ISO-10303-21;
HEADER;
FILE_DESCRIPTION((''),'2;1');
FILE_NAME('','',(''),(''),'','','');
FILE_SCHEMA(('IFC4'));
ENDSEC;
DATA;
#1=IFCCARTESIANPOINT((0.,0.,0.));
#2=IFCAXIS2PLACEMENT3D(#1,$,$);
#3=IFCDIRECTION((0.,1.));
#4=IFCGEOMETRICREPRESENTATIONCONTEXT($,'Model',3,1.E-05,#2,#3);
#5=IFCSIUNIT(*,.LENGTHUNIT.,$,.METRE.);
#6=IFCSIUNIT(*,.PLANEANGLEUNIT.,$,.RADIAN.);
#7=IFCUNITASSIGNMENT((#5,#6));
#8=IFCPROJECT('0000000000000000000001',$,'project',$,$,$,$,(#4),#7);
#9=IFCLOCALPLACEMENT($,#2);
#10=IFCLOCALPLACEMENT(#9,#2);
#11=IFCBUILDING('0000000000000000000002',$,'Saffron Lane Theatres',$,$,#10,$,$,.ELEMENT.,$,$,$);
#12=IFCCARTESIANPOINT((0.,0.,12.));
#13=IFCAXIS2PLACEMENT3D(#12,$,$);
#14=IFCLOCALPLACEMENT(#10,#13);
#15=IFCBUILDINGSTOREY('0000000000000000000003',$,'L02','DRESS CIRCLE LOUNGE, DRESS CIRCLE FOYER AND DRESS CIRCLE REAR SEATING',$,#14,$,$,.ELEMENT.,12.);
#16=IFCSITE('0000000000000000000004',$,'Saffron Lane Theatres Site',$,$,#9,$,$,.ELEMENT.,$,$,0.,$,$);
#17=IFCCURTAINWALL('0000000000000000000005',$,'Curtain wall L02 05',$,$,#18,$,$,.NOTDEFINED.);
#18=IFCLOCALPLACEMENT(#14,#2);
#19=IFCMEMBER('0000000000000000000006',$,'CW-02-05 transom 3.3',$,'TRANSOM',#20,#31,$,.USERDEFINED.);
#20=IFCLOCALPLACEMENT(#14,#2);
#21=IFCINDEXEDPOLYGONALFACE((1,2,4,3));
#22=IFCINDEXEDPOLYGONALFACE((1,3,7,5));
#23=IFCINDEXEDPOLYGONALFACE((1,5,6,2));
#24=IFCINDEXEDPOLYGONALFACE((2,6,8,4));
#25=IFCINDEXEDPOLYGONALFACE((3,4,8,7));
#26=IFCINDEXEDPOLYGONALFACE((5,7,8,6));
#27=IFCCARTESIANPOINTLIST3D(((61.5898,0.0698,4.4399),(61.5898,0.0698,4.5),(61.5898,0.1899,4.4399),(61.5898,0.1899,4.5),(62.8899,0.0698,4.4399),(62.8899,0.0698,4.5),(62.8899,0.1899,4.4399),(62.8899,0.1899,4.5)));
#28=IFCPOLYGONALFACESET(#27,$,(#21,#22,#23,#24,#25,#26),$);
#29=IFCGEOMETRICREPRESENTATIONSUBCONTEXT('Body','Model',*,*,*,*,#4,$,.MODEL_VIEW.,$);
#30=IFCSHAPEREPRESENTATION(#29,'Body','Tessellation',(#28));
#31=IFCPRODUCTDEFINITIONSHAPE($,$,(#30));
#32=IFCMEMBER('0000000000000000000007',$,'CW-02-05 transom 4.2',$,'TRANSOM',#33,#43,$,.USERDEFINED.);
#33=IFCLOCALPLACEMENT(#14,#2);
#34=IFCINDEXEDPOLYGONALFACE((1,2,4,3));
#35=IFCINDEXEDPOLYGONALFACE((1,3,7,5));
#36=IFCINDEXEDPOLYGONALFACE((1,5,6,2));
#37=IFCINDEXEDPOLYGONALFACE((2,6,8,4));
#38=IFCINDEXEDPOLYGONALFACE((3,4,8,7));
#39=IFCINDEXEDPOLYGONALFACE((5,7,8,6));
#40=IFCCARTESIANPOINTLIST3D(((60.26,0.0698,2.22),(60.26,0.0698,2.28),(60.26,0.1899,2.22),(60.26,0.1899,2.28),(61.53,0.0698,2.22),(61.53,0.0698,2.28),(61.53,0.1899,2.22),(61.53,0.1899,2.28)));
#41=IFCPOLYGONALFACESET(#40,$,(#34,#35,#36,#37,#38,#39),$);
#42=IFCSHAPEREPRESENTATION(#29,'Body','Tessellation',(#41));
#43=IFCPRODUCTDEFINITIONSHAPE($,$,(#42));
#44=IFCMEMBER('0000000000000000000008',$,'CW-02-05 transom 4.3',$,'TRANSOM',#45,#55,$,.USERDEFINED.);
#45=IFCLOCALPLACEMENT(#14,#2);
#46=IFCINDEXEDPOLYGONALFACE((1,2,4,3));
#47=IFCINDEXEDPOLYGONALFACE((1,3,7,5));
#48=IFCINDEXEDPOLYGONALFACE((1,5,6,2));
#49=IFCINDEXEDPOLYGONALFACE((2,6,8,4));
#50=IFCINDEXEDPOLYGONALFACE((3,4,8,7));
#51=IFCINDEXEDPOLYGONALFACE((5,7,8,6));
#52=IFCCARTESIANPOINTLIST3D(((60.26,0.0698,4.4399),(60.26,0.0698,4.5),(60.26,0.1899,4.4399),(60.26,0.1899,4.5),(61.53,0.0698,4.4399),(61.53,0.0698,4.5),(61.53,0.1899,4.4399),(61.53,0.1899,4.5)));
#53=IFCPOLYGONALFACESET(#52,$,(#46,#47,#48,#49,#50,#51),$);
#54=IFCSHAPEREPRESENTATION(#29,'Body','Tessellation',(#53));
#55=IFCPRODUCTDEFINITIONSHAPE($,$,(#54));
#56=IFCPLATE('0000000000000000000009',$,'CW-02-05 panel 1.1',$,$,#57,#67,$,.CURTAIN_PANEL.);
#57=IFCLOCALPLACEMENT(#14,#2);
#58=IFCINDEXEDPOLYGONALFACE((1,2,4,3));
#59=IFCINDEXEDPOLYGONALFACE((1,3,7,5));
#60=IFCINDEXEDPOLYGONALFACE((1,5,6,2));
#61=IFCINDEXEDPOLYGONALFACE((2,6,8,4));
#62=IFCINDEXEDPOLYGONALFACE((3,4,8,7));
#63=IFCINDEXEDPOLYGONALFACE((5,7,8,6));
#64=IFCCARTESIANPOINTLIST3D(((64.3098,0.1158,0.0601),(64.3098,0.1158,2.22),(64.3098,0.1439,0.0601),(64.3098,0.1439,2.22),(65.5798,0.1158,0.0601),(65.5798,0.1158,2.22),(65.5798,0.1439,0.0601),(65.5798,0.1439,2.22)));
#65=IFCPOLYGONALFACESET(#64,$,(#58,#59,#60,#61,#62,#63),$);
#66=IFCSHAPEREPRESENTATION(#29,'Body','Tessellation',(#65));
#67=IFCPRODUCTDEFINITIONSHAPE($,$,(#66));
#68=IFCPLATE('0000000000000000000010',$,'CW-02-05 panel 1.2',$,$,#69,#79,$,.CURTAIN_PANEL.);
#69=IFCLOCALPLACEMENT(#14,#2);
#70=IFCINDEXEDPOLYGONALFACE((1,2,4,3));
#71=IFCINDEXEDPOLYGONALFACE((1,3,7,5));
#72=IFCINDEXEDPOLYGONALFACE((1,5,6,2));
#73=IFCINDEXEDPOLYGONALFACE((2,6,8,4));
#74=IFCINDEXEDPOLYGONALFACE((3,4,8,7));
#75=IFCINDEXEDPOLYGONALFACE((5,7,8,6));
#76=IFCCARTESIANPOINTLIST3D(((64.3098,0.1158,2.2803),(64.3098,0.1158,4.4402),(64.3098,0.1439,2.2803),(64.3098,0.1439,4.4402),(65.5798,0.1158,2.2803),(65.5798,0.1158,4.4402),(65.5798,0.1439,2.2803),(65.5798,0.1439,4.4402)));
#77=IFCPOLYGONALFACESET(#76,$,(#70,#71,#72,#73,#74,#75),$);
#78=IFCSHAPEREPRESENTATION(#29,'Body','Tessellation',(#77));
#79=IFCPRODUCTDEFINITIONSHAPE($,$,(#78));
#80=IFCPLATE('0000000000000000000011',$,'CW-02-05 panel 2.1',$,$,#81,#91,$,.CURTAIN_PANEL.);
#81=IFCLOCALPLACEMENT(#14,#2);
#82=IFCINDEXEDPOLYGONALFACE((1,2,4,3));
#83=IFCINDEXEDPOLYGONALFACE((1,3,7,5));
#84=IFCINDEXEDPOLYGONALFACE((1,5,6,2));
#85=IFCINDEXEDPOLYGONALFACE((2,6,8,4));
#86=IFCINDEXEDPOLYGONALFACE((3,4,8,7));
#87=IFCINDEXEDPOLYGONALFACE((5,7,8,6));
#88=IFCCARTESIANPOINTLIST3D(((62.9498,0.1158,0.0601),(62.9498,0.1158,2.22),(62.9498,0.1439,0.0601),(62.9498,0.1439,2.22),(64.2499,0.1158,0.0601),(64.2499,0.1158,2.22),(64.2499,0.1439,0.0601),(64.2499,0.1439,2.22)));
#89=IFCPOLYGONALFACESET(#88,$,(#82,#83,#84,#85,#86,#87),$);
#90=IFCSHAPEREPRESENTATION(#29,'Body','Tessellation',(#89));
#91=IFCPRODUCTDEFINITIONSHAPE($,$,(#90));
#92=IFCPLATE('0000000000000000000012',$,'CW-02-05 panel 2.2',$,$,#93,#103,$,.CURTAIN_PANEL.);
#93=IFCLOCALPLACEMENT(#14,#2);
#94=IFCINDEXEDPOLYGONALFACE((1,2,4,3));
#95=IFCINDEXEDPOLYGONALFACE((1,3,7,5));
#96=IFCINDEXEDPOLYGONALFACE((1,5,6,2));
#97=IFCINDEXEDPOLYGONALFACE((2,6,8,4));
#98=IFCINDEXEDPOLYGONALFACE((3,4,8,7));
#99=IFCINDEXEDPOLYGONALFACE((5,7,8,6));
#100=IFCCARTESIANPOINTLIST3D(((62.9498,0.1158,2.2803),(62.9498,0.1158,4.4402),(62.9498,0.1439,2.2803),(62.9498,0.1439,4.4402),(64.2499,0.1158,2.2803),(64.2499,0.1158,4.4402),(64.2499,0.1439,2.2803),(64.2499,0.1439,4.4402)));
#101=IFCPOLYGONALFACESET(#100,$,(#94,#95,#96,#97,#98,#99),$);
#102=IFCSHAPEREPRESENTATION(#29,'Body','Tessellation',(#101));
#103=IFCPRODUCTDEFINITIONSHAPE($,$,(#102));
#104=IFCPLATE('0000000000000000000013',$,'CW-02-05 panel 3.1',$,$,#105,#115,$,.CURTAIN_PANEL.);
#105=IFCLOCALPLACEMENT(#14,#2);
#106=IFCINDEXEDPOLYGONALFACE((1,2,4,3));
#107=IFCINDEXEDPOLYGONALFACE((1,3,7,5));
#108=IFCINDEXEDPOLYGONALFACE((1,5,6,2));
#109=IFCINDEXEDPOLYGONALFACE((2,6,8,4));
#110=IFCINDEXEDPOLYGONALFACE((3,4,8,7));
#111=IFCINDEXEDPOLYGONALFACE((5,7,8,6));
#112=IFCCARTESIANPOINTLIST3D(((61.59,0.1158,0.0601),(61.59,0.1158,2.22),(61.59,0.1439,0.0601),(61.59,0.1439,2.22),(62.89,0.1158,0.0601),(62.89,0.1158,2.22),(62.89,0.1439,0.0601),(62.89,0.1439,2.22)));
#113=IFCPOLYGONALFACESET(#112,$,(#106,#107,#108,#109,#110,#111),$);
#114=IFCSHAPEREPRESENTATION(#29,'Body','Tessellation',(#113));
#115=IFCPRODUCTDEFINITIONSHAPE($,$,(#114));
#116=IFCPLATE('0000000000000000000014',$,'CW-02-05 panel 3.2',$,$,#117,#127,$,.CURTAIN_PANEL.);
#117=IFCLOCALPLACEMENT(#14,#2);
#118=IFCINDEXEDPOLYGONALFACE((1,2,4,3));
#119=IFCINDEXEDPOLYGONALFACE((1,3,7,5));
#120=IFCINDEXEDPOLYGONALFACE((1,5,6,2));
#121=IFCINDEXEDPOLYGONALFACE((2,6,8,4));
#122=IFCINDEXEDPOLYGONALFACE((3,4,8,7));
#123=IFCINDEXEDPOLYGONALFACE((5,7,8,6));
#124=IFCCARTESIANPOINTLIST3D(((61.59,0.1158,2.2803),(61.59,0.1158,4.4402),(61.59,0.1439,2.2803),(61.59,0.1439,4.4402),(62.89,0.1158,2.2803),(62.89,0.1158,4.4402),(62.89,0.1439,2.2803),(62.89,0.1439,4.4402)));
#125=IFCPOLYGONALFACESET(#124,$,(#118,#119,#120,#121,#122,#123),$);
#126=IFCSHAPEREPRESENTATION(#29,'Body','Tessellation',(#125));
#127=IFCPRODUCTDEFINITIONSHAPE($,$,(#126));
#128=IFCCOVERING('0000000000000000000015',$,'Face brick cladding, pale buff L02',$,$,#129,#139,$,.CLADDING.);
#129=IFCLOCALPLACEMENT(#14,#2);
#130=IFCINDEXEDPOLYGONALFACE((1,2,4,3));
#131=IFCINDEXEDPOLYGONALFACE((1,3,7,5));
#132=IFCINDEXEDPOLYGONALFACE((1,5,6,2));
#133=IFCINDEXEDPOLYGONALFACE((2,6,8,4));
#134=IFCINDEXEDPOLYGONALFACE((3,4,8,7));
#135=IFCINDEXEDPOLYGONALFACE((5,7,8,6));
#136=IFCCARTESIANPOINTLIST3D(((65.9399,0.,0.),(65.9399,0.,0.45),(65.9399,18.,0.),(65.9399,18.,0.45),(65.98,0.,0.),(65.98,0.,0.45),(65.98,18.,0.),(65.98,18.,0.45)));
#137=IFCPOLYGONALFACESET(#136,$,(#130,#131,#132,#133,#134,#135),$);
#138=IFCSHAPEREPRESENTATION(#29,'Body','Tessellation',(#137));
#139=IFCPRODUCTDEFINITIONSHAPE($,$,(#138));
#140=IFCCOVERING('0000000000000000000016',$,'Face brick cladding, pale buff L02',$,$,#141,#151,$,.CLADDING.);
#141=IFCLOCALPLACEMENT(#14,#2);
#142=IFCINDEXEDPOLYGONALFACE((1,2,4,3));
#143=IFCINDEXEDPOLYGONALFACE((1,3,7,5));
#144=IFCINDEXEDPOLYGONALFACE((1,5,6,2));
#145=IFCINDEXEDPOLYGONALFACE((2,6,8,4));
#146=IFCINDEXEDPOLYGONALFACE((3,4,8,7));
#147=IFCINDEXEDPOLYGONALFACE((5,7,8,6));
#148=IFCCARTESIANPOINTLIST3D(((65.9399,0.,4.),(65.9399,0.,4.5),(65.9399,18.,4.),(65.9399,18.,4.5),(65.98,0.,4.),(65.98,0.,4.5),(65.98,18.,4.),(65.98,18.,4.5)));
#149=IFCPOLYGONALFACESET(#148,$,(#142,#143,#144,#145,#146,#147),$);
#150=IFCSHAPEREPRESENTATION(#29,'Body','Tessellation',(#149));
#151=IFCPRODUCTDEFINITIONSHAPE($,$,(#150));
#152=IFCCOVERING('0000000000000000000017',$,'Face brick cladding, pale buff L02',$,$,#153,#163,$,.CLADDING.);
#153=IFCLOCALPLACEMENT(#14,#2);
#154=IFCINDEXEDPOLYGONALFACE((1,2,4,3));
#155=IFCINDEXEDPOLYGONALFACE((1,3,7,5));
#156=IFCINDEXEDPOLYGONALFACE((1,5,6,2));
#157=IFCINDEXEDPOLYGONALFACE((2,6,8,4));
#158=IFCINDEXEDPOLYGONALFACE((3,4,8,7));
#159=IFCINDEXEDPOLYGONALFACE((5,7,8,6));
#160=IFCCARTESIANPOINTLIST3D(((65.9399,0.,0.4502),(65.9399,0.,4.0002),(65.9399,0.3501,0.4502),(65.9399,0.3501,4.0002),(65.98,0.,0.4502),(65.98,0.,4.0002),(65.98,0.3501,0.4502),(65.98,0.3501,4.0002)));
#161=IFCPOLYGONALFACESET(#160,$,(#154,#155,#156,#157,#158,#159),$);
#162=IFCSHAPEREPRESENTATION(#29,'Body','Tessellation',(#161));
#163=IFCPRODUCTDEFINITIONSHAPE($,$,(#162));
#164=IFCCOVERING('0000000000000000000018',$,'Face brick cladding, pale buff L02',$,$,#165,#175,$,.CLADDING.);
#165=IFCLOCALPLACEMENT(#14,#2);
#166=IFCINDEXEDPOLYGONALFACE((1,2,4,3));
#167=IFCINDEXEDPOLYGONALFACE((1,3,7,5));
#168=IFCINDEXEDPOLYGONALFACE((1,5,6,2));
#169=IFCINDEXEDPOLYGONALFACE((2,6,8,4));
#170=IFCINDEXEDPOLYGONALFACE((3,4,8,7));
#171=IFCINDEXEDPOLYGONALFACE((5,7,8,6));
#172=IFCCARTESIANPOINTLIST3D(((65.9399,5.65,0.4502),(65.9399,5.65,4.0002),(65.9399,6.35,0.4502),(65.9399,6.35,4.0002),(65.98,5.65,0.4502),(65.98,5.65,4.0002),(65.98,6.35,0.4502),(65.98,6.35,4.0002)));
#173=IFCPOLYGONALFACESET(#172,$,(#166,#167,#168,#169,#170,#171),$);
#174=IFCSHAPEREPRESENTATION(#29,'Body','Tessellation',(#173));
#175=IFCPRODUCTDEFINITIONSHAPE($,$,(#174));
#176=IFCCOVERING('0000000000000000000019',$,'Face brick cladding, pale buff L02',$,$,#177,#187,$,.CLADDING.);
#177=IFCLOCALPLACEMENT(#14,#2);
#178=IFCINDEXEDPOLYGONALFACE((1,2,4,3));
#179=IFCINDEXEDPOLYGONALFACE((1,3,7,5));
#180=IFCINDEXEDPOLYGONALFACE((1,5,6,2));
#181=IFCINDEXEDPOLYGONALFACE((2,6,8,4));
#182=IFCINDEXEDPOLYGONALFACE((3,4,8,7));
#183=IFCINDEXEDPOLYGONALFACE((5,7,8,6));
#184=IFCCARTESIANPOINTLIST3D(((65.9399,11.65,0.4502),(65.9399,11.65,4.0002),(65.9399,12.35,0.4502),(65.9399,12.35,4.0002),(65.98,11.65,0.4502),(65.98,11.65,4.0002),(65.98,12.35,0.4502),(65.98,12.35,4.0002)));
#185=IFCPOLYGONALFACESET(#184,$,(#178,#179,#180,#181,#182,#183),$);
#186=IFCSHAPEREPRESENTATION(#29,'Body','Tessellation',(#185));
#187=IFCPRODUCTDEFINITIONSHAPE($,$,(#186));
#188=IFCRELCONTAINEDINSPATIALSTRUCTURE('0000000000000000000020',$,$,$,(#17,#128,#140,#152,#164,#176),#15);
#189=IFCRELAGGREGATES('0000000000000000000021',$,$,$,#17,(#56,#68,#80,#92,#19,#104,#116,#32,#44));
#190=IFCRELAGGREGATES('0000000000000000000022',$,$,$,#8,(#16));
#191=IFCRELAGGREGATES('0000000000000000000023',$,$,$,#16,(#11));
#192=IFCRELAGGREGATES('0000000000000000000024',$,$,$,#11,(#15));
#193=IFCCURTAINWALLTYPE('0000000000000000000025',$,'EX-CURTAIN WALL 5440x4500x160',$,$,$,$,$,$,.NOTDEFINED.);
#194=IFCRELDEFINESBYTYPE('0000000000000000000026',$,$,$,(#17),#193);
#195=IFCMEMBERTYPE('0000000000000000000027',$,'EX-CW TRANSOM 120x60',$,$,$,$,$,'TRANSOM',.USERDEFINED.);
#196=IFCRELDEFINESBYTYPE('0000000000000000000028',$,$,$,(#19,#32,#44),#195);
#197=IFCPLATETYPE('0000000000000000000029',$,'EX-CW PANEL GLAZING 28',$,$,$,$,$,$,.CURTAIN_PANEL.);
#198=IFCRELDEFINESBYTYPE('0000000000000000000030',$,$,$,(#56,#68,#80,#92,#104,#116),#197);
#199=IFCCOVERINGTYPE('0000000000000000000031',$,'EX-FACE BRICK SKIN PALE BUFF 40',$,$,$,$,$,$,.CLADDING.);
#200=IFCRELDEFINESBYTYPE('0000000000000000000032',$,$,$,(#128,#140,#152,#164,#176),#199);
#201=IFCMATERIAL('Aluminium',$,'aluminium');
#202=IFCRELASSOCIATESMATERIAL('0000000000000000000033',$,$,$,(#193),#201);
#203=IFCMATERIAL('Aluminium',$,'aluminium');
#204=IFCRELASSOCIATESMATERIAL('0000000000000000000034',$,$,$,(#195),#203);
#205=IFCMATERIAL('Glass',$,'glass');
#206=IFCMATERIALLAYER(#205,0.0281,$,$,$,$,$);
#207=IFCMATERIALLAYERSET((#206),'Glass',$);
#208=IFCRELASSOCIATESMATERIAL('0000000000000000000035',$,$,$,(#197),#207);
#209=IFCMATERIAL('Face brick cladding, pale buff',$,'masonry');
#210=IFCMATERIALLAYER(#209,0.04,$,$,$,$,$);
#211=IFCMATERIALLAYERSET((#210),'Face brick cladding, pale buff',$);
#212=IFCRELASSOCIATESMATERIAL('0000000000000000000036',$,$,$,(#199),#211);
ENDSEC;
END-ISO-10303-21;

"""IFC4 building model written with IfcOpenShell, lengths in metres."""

from ifc_helpers import new_model, si_unit, direction, frame, origin, origin_2d, place, context, subcontext, project, spatial, rectangle, extrude, material, layer, layer_set, material_profile, profile_set, type_object, element, aggregate, save


model = new_model("IFC4")

# Units and contexts
model_context = context("Model", 3, precision=1e-05, world=origin(), true_north=direction((0.0, 1.0)))
body_context = subcontext(model_context, "Body", "Model", "MODEL_VIEW")
ifc_project = project(units=[si_unit("LENGTHUNIT", "METRE"), si_unit("PLANEANGLEUNIT", "RADIAN")], contexts=[model_context])

# Site, building, storey
site_placement = place(None, origin())
site = spatial("IfcSite", under=ifc_project, at=site_placement, Name="Saffron Lane Theatres Site", CompositionType="ELEMENT", RefElevation=0.0)
building_placement = place(site_placement, origin())
building = spatial("IfcBuilding", under=site, at=building_placement, Name="Saffron Lane Theatres", CompositionType="ELEMENT")
storey_placement = place(building_placement, frame((0.0, 0.0, 12.0)))
storey = spatial("IfcBuildingStorey", under=building, at=storey_placement, Name="L02", Description="DRESS CIRCLE LOUNGE, DRESS CIRCLE FOYER AND DRESS CIRCLE REAR SEATING", CompositionType="ELEMENT", Elevation=12.0)

# Curtain wall, members, plates
ifc_material_1 = material(Name="Aluminium", Category="aluminium")
curtain_wall_type = type_object("IfcCurtainWallType", Name="EX-CURTAIN WALL 5440x4500x160", PredefinedType="NOTDEFINED", material=ifc_material_1)
curtain_wall_placement = place(storey_placement, origin())
curtain_wall = element("IfcCurtainWall", 1, at=curtain_wall_placement, inside=storey, type_object=curtain_wall_type, Name="Curtain wall L02 05", PredefinedType="NOTDEFINED")
ifc_material_2 = material(Name="Aluminium", Category="aluminium")
ifc_material_profile_1 = material_profile(ifc_material_2, rectangle(XDim=0.1201, YDim=0.0601, at=origin_2d()))
ifc_profile_set_1 = profile_set([ifc_material_profile_1], Name="Aluminium")
member_type_1 = type_object("IfcMemberType", Name="EX-CW TRANSOM 120x60", ElementType="TRANSOM", PredefinedType="USERDEFINED", material=ifc_profile_set_1)
member_1_placement = place(storey_placement, frame((62.8899, 0.1299, 4.47), z_axis=(-1.0, 0.0, 0.0), x_axis=(0.0, -1.0, 0.0)))
member_1 = element("IfcMember", 2, at=member_1_placement, type_object=member_type_1, Name="CW-02-05 transom 3.3", ObjectType="TRANSOM", PredefinedType="USERDEFINED", context=body_context, shape_type="SweptSolid", body=[
    extrude(rectangle(XDim=0.1201, YDim=0.0601, at=origin_2d()), origin(), (0.0, 0.0, 1.0), 1.3),
])
member_2_placement = place(storey_placement, frame((61.53, 0.1299, 2.25), z_axis=(-1.0, 0.0, 0.0), x_axis=(0.0, -1.0, 0.0)))
member_2 = element("IfcMember", 3, at=member_2_placement, type_object=member_type_1, Name="CW-02-05 transom 4.2", ObjectType="TRANSOM", PredefinedType="USERDEFINED", context=body_context, shape_type="SweptSolid", body=[
    extrude(rectangle(XDim=0.1201, YDim=0.0601, at=origin_2d()), origin(), (0.0, 0.0, 1.0), 1.27),
])
member_3_placement = place(storey_placement, frame((61.53, 0.1299, 4.47), z_axis=(-1.0, 0.0, 0.0), x_axis=(0.0, -1.0, 0.0)))
member_3 = element("IfcMember", 4, at=member_3_placement, type_object=member_type_1, Name="CW-02-05 transom 4.3", ObjectType="TRANSOM", PredefinedType="USERDEFINED", context=body_context, shape_type="SweptSolid", body=[
    extrude(rectangle(XDim=0.1201, YDim=0.0601, at=origin_2d()), origin(), (0.0, 0.0, 1.0), 1.27),
])
ifc_material_3 = material(Name="Glass", Category="glass")
ifc_layer_1 = layer(ifc_material_3, 0.0281)
ifc_layer_set_1 = layer_set([ifc_layer_1], Name="Glass")
plate_type = type_object("IfcPlateType", Name="EX-CW PANEL GLAZING 28", PredefinedType="CURTAIN_PANEL", material=ifc_layer_set_1)
plate_1_placement = place(storey_placement, frame((64.9448, 0.1299, 0.0601), z_axis=(0.0, 0.0, 1.0), x_axis=(-1.0, 0.0, 0.0)))
plate_1 = element("IfcPlate", 5, at=plate_1_placement, type_object=plate_type, Name="CW-02-05 panel 1.1", PredefinedType="CURTAIN_PANEL", context=body_context, shape_type="SweptSolid", body=[
    extrude(rectangle(XDim=1.27, YDim=0.0281, at=origin_2d()), origin(), (0.0, 0.0, 1.0), 2.1599),
])
plate_2_placement = place(storey_placement, frame((64.9448, 0.1299, 2.2803), z_axis=(0.0, 0.0, 1.0), x_axis=(-1.0, 0.0, 0.0)))
plate_2 = element("IfcPlate", 6, at=plate_2_placement, type_object=plate_type, Name="CW-02-05 panel 1.2", PredefinedType="CURTAIN_PANEL", context=body_context, shape_type="SweptSolid", body=[
    extrude(rectangle(XDim=1.27, YDim=0.0281, at=origin_2d()), origin(), (0.0, 0.0, 1.0), 2.1599),
])
plate_3_placement = place(storey_placement, frame((63.5999, 0.1299, 0.0601), z_axis=(0.0, 0.0, 1.0), x_axis=(-1.0, 0.0, 0.0)))
plate_3 = element("IfcPlate", 7, at=plate_3_placement, type_object=plate_type, Name="CW-02-05 panel 2.1", PredefinedType="CURTAIN_PANEL", context=body_context, shape_type="SweptSolid", body=[
    extrude(rectangle(XDim=1.3, YDim=0.0281, at=origin_2d()), origin(), (0.0, 0.0, 1.0), 2.1599),
])
plate_4_placement = place(storey_placement, frame((63.5999, 0.1299, 2.2803), z_axis=(0.0, 0.0, 1.0), x_axis=(-1.0, 0.0, 0.0)))
plate_4 = element("IfcPlate", 8, at=plate_4_placement, type_object=plate_type, Name="CW-02-05 panel 2.2", PredefinedType="CURTAIN_PANEL", context=body_context, shape_type="SweptSolid", body=[
    extrude(rectangle(XDim=1.3, YDim=0.0281, at=origin_2d()), origin(), (0.0, 0.0, 1.0), 2.1599),
])
plate_5_placement = place(storey_placement, frame((62.24, 0.1299, 0.0601), z_axis=(0.0, 0.0, 1.0), x_axis=(-1.0, 0.0, 0.0)))
plate_5 = element("IfcPlate", 9, at=plate_5_placement, type_object=plate_type, Name="CW-02-05 panel 3.1", PredefinedType="CURTAIN_PANEL", context=body_context, shape_type="SweptSolid", body=[
    extrude(rectangle(XDim=1.3, YDim=0.0281, at=origin_2d()), origin(), (0.0, 0.0, 1.0), 2.1599),
])
plate_6_placement = place(storey_placement, frame((62.24, 0.1299, 2.2803), z_axis=(0.0, 0.0, 1.0), x_axis=(-1.0, 0.0, 0.0)))
plate_6 = element("IfcPlate", 10, at=plate_6_placement, type_object=plate_type, Name="CW-02-05 panel 3.2", PredefinedType="CURTAIN_PANEL", context=body_context, shape_type="SweptSolid", body=[
    extrude(rectangle(XDim=1.3, YDim=0.0281, at=origin_2d()), origin(), (0.0, 0.0, 1.0), 2.1599),
])
aggregate(curtain_wall, [plate_1, plate_2, plate_3, plate_4, member_1, plate_5, plate_6, member_2, member_3])

# Coverings
ifc_material_4 = material(Name="Face brick cladding, pale buff", Category="masonry")
ifc_layer_2 = layer(ifc_material_4, 0.04)
ifc_layer_set_2 = layer_set([ifc_layer_2], Name="Face brick cladding, pale buff")
covering_type_1 = type_object("IfcCoveringType", Name="EX-FACE BRICK SKIN PALE BUFF 40", PredefinedType="CLADDING", material=ifc_layer_set_2)
covering_1_placement = place(storey_placement, frame((65.96, 9.0, 0.0), z_axis=(0.0, 0.0, 1.0), x_axis=(0.0, 1.0, 0.0)))
element("IfcCovering", 11, at=covering_1_placement, inside=storey, type_object=covering_type_1, Name="Face brick cladding, pale buff L02", PredefinedType="CLADDING", context=body_context, shape_type="SweptSolid", body=[
    extrude(rectangle(XDim=18.0, YDim=0.04, at=origin_2d()), origin(), (0.0, 0.0, 1.0), 0.45),
])
covering_2_placement = place(storey_placement, frame((65.96, 9.0, 4.0), z_axis=(0.0, 0.0, 1.0), x_axis=(0.0, 1.0, 0.0)))
element("IfcCovering", 12, at=covering_2_placement, inside=storey, type_object=covering_type_1, Name="Face brick cladding, pale buff L02", PredefinedType="CLADDING", context=body_context, shape_type="SweptSolid", body=[
    extrude(rectangle(XDim=18.0, YDim=0.04, at=origin_2d()), origin(), (0.0, 0.0, 1.0), 0.5),
])
covering_3_placement = place(storey_placement, frame((65.96, 0.175, 0.4502), z_axis=(0.0, 0.0, 1.0), x_axis=(0.0, 1.0, 0.0)))
element("IfcCovering", 13, at=covering_3_placement, inside=storey, type_object=covering_type_1, Name="Face brick cladding, pale buff L02", PredefinedType="CLADDING", context=body_context, shape_type="SweptSolid", body=[
    extrude(rectangle(XDim=0.3501, YDim=0.04, at=origin_2d()), origin(), (0.0, 0.0, 1.0), 3.55),
])
for number, where, z_axis, x_axis, name in (
    (14, (65.96, 6.0, 0.4502), (0.0, 0.0, 1.0), (0.0, 1.0, 0.0), "Face brick cladding, pale buff L02"),
    (15, (65.96, 12.0, 0.4502), (0.0, 0.0, 1.0), (0.0, 1.0, 0.0), "Face brick cladding, pale buff L02"),
):
    element("IfcCovering", number, at=place(storey_placement, frame(where, z_axis=z_axis, x_axis=x_axis)), inside=storey, type_object=covering_type_1, Name=name, PredefinedType="CLADDING", context=body_context, shape_type="SweptSolid", body=[
        extrude(rectangle(XDim=0.7, YDim=0.04, at=origin_2d()), origin(), (0.0, 0.0, 1.0), 3.55),
    ])

save(model, "model.ifc")
